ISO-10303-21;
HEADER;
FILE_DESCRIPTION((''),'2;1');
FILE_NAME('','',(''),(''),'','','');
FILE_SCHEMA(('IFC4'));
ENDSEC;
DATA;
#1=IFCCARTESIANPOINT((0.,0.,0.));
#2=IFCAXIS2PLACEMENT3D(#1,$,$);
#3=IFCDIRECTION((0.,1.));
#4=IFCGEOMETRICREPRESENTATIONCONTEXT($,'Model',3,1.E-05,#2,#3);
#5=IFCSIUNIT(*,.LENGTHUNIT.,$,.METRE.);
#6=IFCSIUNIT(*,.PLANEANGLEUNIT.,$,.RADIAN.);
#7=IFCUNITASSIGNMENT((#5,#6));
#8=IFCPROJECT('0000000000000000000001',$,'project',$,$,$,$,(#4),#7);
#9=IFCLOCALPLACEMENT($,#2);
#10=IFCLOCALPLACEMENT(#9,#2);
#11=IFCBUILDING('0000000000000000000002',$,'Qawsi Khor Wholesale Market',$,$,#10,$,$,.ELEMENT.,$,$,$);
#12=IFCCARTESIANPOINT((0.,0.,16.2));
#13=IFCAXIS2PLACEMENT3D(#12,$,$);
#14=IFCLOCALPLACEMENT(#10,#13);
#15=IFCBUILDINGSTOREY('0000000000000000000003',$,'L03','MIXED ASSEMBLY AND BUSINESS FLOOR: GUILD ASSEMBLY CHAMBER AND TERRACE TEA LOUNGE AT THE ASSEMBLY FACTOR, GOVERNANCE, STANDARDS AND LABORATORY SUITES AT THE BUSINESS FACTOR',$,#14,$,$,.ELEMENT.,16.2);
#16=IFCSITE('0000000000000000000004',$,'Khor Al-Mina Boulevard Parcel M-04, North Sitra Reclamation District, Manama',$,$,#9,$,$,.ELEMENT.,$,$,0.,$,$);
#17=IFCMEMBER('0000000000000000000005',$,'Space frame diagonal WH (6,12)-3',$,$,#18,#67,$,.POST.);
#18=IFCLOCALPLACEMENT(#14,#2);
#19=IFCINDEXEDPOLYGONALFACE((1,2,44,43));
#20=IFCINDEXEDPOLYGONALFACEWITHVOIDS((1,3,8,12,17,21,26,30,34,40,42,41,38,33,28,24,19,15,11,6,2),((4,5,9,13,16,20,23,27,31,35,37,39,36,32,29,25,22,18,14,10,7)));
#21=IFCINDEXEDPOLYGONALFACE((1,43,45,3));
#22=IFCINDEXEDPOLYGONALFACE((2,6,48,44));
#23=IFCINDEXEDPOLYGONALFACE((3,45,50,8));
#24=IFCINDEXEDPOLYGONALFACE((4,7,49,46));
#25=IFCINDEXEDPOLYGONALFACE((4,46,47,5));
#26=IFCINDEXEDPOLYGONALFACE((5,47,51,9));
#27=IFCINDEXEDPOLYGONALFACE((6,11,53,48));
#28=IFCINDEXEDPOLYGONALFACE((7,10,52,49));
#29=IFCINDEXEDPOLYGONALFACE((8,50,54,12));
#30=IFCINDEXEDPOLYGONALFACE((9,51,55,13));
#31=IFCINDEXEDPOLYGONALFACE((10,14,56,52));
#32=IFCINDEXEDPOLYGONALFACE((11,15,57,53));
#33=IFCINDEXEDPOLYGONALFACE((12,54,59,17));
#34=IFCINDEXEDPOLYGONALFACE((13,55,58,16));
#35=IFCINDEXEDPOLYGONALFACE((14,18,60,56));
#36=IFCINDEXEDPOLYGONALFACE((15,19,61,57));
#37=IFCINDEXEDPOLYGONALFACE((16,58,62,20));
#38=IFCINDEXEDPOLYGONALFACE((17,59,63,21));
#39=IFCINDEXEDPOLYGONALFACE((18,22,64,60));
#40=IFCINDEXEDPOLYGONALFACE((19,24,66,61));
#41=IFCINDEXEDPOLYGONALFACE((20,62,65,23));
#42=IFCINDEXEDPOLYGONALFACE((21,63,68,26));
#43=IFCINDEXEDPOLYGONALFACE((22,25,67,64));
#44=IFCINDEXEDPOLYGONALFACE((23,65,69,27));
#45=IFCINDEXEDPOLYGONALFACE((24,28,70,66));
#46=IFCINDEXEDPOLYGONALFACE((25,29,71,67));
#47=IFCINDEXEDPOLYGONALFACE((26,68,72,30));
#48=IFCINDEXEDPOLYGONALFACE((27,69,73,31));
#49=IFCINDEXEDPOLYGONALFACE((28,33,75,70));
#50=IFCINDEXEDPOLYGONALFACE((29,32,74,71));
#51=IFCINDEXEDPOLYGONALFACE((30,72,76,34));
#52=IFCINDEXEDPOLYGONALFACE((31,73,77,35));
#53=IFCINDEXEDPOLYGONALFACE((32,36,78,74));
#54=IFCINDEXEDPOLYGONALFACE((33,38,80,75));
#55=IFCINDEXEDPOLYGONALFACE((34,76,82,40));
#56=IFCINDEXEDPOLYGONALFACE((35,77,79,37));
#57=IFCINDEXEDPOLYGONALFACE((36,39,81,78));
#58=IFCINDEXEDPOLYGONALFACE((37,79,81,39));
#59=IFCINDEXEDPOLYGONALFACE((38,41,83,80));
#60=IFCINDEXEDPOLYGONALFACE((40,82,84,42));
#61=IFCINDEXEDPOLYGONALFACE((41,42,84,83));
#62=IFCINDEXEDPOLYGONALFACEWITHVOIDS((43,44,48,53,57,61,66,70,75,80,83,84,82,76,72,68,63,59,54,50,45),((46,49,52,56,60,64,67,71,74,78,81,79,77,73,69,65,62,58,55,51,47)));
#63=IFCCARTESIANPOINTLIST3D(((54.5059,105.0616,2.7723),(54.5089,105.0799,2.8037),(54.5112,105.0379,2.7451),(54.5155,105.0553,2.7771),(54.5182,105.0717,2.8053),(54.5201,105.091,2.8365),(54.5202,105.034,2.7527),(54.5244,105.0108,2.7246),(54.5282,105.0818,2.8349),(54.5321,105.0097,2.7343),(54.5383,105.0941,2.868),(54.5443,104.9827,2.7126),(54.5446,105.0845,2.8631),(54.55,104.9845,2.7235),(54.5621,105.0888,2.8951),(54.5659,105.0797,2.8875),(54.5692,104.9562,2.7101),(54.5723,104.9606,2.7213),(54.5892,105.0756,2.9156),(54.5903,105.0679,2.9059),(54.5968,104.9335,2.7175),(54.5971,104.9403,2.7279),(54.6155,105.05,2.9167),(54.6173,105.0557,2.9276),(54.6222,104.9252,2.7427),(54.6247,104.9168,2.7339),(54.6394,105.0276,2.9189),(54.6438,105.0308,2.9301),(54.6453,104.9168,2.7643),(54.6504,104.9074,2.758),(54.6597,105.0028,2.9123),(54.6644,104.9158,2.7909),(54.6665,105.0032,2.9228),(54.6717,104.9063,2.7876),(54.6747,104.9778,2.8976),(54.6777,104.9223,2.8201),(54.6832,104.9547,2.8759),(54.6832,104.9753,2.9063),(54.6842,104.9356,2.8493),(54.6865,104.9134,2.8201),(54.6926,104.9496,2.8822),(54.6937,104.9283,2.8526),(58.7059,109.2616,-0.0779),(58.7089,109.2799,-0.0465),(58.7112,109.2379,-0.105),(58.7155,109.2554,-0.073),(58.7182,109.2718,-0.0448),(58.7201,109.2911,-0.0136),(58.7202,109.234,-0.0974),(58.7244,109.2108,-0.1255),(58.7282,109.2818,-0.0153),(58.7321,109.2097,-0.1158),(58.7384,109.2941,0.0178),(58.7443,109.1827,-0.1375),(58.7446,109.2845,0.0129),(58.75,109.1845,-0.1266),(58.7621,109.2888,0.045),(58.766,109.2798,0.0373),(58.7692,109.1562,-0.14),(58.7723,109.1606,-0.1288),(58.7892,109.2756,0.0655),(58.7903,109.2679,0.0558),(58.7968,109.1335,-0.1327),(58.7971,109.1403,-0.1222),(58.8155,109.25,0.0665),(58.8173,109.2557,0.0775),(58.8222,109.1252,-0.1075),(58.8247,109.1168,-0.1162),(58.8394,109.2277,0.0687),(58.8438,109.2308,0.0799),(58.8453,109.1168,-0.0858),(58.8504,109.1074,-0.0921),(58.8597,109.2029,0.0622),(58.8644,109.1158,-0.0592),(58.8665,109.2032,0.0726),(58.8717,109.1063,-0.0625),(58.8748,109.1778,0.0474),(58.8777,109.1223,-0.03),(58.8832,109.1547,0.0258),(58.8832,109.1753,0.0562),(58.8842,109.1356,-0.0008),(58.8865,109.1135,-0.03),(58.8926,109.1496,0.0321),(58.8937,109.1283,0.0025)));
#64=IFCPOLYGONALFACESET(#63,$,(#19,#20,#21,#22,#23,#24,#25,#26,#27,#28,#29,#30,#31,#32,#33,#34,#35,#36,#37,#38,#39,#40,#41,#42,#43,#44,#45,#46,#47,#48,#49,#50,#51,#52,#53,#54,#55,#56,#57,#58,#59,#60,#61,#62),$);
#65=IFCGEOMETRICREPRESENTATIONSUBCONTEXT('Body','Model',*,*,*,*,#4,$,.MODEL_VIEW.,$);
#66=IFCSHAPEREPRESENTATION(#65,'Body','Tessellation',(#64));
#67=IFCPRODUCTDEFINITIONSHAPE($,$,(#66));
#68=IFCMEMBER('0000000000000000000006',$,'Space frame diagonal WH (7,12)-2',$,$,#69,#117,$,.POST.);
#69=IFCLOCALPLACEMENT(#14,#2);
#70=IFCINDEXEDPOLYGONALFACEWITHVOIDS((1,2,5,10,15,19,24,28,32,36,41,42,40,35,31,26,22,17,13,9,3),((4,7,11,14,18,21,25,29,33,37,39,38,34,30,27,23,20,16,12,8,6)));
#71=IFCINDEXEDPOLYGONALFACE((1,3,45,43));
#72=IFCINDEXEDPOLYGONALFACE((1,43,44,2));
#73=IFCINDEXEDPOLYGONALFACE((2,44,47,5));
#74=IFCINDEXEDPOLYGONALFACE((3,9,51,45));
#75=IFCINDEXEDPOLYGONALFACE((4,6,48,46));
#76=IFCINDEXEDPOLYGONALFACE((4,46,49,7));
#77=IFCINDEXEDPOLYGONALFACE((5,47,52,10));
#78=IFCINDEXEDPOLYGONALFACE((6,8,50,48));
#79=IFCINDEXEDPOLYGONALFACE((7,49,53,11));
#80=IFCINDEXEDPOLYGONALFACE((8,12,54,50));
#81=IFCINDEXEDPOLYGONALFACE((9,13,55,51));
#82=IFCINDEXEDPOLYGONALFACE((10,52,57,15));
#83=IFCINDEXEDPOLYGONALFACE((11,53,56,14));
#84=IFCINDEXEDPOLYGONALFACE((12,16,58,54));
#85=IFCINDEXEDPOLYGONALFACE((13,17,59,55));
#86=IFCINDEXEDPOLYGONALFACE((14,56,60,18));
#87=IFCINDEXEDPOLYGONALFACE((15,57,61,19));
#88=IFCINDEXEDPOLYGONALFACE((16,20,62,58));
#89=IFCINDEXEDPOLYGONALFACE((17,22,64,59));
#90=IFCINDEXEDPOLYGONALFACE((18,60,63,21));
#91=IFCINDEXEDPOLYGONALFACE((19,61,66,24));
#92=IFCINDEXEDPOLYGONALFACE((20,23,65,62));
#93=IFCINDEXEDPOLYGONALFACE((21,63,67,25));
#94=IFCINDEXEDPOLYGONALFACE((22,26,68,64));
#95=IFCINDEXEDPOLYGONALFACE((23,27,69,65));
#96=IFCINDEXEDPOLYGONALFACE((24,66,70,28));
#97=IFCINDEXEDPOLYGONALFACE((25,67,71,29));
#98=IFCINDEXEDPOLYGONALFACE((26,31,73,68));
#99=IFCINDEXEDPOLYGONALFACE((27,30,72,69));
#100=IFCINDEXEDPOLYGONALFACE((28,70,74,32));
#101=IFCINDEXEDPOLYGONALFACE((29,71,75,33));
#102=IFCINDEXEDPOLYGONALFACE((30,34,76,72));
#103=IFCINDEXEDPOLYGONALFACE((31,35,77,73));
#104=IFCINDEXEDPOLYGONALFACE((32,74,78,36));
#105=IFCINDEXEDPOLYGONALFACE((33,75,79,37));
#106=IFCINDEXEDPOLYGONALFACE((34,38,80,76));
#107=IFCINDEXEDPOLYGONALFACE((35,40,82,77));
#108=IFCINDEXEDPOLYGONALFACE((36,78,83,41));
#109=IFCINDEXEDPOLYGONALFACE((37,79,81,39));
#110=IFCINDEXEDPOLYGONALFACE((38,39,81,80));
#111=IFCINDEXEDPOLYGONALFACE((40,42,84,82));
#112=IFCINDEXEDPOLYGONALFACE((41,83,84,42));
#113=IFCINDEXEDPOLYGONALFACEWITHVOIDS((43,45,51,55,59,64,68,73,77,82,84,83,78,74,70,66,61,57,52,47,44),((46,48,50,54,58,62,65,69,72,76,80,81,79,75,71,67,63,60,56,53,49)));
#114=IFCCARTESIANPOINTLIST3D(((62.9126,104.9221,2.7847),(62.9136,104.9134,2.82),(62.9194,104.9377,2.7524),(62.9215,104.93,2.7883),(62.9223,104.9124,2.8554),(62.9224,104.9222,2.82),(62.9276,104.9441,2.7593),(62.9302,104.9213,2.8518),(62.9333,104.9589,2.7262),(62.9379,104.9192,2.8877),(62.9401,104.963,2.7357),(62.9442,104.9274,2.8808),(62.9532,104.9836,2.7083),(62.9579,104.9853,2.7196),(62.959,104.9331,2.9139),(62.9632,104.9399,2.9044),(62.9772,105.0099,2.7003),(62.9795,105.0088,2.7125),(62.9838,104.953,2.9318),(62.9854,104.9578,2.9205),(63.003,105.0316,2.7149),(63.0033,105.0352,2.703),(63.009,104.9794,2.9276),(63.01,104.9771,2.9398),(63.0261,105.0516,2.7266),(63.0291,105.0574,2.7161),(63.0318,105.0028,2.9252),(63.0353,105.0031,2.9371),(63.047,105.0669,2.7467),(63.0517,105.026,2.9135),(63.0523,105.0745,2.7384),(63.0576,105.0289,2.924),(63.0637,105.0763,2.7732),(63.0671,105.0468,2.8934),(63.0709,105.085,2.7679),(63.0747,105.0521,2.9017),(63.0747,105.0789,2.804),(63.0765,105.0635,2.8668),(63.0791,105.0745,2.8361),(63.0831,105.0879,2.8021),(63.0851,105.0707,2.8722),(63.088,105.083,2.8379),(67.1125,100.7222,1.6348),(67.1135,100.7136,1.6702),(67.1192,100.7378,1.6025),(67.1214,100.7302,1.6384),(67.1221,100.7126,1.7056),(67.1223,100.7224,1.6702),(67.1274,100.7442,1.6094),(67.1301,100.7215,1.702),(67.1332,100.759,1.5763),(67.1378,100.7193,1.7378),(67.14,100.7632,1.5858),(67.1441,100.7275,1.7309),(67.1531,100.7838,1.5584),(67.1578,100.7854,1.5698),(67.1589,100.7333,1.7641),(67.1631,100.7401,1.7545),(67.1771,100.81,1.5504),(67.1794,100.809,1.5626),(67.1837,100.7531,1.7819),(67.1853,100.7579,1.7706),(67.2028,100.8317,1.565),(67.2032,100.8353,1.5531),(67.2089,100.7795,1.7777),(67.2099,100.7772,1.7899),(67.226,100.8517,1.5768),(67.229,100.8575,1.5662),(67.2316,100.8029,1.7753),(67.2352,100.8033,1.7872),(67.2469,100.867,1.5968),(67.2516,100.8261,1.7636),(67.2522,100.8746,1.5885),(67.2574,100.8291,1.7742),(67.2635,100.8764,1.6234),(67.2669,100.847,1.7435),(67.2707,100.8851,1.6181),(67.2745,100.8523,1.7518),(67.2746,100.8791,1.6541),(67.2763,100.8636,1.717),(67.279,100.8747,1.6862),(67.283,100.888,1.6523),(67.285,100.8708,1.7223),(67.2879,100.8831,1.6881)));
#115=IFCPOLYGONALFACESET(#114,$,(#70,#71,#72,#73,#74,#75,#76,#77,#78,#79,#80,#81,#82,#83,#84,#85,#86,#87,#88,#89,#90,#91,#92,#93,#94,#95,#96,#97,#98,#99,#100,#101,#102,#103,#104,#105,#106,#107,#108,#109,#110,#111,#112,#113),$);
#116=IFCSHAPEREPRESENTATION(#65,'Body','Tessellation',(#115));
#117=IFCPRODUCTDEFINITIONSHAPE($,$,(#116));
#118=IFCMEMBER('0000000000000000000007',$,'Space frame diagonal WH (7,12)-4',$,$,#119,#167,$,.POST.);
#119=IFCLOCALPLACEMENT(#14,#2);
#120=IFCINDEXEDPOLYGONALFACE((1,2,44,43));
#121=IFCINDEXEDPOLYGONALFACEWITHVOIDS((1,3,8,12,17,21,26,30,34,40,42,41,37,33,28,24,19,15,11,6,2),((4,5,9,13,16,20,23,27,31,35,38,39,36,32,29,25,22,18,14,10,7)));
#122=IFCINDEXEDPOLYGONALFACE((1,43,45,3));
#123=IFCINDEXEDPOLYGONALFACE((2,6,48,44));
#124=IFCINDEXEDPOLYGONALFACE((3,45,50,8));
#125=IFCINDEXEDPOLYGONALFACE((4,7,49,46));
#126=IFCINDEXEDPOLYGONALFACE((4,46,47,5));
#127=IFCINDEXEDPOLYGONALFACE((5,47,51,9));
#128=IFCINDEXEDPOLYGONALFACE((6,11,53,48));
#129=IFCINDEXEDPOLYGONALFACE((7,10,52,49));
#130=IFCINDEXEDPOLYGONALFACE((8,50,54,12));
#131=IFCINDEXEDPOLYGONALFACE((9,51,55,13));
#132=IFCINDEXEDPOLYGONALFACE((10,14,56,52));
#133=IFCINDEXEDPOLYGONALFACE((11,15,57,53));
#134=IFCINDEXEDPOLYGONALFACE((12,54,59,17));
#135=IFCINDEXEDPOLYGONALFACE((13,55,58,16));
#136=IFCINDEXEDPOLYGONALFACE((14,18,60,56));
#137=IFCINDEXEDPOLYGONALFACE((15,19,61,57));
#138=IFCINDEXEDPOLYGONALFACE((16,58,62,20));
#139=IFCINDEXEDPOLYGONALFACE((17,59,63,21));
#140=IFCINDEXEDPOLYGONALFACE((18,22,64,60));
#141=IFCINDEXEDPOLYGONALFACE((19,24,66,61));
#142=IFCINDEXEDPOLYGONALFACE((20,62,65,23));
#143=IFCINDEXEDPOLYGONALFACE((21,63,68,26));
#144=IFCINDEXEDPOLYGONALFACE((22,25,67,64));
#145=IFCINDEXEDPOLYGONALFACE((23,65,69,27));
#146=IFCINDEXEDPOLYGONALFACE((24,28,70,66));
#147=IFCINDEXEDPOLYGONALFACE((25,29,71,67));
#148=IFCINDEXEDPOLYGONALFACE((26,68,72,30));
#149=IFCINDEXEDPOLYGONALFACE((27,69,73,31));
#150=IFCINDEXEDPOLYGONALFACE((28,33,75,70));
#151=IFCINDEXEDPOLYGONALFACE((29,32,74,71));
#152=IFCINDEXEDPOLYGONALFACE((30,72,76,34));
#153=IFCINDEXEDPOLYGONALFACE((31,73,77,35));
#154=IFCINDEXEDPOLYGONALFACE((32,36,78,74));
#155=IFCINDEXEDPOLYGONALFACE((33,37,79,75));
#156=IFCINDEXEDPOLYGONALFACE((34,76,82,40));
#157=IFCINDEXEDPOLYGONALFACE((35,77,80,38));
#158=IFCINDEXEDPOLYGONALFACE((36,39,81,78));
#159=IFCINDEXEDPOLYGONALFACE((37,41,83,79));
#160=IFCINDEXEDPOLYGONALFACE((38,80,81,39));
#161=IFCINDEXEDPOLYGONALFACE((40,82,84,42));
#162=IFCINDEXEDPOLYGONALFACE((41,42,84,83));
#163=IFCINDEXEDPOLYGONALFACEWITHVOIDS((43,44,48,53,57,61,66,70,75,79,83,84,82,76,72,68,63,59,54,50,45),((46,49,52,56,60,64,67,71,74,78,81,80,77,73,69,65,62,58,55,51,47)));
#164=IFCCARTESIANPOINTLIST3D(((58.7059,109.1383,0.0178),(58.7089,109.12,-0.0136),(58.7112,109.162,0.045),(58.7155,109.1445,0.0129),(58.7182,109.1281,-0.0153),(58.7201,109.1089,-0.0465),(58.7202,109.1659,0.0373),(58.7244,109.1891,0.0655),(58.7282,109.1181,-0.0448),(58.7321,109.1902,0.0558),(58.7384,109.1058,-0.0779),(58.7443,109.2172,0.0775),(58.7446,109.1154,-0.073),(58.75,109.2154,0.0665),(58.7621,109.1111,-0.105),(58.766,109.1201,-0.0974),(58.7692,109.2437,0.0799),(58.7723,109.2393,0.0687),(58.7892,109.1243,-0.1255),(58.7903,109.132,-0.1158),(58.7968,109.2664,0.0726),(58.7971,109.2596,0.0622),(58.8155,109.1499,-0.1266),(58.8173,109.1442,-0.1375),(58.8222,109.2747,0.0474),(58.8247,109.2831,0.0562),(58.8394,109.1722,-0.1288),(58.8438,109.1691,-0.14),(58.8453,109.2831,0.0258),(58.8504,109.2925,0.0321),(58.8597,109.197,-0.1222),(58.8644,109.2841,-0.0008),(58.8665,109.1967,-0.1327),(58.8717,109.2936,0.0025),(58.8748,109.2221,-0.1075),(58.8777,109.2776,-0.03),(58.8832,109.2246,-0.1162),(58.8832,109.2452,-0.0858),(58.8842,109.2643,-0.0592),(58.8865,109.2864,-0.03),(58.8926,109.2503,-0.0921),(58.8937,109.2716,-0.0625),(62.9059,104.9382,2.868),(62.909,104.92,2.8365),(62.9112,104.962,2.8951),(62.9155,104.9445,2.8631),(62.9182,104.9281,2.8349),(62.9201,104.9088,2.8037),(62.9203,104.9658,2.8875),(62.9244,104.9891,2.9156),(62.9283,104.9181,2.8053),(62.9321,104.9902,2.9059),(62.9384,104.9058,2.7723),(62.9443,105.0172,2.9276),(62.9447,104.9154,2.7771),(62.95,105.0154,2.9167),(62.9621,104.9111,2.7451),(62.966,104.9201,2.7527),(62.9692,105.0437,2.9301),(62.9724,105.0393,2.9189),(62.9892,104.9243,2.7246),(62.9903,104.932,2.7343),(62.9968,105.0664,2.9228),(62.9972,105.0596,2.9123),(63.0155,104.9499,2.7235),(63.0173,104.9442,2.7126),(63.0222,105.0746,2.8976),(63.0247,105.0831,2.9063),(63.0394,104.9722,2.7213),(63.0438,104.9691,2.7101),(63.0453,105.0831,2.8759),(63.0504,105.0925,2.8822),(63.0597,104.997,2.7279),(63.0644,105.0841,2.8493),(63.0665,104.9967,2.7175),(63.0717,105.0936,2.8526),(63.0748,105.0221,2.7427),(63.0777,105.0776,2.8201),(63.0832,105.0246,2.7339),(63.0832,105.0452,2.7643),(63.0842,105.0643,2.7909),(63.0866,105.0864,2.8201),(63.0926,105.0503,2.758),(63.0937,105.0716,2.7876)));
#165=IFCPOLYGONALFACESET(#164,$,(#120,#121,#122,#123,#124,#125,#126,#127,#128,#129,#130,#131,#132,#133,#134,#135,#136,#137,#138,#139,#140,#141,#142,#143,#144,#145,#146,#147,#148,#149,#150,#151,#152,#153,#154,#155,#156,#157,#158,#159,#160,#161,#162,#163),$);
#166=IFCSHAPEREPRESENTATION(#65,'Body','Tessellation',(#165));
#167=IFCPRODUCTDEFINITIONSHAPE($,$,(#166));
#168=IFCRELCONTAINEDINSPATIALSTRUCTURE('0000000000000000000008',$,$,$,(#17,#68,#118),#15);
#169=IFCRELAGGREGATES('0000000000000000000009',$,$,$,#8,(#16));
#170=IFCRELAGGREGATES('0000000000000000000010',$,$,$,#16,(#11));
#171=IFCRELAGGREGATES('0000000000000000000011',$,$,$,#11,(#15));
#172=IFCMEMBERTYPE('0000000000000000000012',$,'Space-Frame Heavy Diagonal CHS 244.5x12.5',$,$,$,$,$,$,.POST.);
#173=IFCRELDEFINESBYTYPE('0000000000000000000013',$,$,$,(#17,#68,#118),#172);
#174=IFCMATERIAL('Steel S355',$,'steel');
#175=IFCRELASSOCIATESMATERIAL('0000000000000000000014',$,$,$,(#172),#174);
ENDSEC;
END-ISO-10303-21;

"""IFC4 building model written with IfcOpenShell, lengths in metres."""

from ifc_helpers import new_model, si_unit, direction, frame, origin, origin_2d, place, context, subcontext, project, spatial, hollow_circle, extrude, material, material_profile, profile_set, type_object, element, save


model = new_model("IFC4")

# Units and contexts
model_context = context("Model", 3, precision=1e-05, world=origin(), true_north=direction((0.0, 1.0)))
body_context = subcontext(model_context, "Body", "Model", "MODEL_VIEW")
ifc_project = project(units=[si_unit("LENGTHUNIT", "METRE"), si_unit("PLANEANGLEUNIT", "RADIAN")], contexts=[model_context])

# Site, building, storey
site_placement = place(None, origin())
site = spatial("IfcSite", under=ifc_project, at=site_placement, Name="Khor Al-Mina Boulevard Parcel M-04, North Sitra Reclamation District, Manama", CompositionType="ELEMENT", RefElevation=0.0)
building_placement = place(site_placement, origin())
building = spatial("IfcBuilding", under=site, at=building_placement, Name="Qawsi Khor Wholesale Market", CompositionType="ELEMENT")
storey_placement = place(building_placement, frame((0.0, 0.0, 16.2)))
storey = spatial("IfcBuildingStorey", under=building, at=storey_placement, Name="L03", Description="MIXED ASSEMBLY AND BUSINESS FLOOR: GUILD ASSEMBLY CHAMBER AND TERRACE TEA LOUNGE AT THE ASSEMBLY FACTOR, GOVERNANCE, STANDARDS AND LABORATORY SUITES AT THE BUSINESS FACTOR", CompositionType="ELEMENT", Elevation=16.2)

# Members
ifc_material_1 = material(Name="Steel S355", Category="steel")
ifc_material_profile_1 = material_profile(ifc_material_1, hollow_circle(Radius=0.1223, WallThickness=0.0125, at=origin_2d()), Name="CHS 244.5x12.5")
ifc_profile_set_1 = profile_set([ifc_material_profile_1], Name="Steel S355")
member_type_1 = type_object("IfcMemberType", Name="Space-Frame Heavy Diagonal CHS 244.5x12.5", PredefinedType="POST", material=ifc_profile_set_1)
member_1_placement = place(storey_placement, frame((58.8, 109.2, -0.03), z_axis=(-0.637512, -0.637512, 0.432617), x_axis=(0.707107, -0.707107, 0.0)))
element("IfcMember", 1, at=member_1_placement, inside=storey, type_object=member_type_1, Name="Space frame diagonal WH (6,12)-3", PredefinedType="POST", context=body_context, shape_type="SweptSolid", body=[
    extrude(hollow_circle(Radius=0.1223, WallThickness=0.0125, at=origin_2d()), origin(), (0.0, 0.0, 1.0), 6.5881),
])
member_2_placement = place(storey_placement, frame((67.2, 100.8, 1.6702), z_axis=(-0.694217, 0.694217, 0.190069), x_axis=(-0.707107, -0.707107, 0.0)))
element("IfcMember", 2, at=member_2_placement, inside=storey, type_object=member_type_1, Name="Space frame diagonal WH (7,12)-2", PredefinedType="POST", context=body_context, shape_type="SweptSolid", body=[
    extrude(hollow_circle(Radius=0.1223, WallThickness=0.0125, at=origin_2d()), origin(), (0.0, 0.0, 1.0), 6.0498),
])
member_3_placement = place(storey_placement, frame((58.8, 109.2, -0.03), z_axis=(0.637512, -0.637512, 0.432617), x_axis=(0.707107, 0.707107, 0.0)))
element("IfcMember", 3, at=member_3_placement, inside=storey, type_object=member_type_1, Name="Space frame diagonal WH (7,12)-4", PredefinedType="POST", context=body_context, shape_type="SweptSolid", body=[
    extrude(hollow_circle(Radius=0.1223, WallThickness=0.0125, at=origin_2d()), origin(), (0.0, 0.0, 1.0), 6.5881),
])

save(model, "model.ifc")
